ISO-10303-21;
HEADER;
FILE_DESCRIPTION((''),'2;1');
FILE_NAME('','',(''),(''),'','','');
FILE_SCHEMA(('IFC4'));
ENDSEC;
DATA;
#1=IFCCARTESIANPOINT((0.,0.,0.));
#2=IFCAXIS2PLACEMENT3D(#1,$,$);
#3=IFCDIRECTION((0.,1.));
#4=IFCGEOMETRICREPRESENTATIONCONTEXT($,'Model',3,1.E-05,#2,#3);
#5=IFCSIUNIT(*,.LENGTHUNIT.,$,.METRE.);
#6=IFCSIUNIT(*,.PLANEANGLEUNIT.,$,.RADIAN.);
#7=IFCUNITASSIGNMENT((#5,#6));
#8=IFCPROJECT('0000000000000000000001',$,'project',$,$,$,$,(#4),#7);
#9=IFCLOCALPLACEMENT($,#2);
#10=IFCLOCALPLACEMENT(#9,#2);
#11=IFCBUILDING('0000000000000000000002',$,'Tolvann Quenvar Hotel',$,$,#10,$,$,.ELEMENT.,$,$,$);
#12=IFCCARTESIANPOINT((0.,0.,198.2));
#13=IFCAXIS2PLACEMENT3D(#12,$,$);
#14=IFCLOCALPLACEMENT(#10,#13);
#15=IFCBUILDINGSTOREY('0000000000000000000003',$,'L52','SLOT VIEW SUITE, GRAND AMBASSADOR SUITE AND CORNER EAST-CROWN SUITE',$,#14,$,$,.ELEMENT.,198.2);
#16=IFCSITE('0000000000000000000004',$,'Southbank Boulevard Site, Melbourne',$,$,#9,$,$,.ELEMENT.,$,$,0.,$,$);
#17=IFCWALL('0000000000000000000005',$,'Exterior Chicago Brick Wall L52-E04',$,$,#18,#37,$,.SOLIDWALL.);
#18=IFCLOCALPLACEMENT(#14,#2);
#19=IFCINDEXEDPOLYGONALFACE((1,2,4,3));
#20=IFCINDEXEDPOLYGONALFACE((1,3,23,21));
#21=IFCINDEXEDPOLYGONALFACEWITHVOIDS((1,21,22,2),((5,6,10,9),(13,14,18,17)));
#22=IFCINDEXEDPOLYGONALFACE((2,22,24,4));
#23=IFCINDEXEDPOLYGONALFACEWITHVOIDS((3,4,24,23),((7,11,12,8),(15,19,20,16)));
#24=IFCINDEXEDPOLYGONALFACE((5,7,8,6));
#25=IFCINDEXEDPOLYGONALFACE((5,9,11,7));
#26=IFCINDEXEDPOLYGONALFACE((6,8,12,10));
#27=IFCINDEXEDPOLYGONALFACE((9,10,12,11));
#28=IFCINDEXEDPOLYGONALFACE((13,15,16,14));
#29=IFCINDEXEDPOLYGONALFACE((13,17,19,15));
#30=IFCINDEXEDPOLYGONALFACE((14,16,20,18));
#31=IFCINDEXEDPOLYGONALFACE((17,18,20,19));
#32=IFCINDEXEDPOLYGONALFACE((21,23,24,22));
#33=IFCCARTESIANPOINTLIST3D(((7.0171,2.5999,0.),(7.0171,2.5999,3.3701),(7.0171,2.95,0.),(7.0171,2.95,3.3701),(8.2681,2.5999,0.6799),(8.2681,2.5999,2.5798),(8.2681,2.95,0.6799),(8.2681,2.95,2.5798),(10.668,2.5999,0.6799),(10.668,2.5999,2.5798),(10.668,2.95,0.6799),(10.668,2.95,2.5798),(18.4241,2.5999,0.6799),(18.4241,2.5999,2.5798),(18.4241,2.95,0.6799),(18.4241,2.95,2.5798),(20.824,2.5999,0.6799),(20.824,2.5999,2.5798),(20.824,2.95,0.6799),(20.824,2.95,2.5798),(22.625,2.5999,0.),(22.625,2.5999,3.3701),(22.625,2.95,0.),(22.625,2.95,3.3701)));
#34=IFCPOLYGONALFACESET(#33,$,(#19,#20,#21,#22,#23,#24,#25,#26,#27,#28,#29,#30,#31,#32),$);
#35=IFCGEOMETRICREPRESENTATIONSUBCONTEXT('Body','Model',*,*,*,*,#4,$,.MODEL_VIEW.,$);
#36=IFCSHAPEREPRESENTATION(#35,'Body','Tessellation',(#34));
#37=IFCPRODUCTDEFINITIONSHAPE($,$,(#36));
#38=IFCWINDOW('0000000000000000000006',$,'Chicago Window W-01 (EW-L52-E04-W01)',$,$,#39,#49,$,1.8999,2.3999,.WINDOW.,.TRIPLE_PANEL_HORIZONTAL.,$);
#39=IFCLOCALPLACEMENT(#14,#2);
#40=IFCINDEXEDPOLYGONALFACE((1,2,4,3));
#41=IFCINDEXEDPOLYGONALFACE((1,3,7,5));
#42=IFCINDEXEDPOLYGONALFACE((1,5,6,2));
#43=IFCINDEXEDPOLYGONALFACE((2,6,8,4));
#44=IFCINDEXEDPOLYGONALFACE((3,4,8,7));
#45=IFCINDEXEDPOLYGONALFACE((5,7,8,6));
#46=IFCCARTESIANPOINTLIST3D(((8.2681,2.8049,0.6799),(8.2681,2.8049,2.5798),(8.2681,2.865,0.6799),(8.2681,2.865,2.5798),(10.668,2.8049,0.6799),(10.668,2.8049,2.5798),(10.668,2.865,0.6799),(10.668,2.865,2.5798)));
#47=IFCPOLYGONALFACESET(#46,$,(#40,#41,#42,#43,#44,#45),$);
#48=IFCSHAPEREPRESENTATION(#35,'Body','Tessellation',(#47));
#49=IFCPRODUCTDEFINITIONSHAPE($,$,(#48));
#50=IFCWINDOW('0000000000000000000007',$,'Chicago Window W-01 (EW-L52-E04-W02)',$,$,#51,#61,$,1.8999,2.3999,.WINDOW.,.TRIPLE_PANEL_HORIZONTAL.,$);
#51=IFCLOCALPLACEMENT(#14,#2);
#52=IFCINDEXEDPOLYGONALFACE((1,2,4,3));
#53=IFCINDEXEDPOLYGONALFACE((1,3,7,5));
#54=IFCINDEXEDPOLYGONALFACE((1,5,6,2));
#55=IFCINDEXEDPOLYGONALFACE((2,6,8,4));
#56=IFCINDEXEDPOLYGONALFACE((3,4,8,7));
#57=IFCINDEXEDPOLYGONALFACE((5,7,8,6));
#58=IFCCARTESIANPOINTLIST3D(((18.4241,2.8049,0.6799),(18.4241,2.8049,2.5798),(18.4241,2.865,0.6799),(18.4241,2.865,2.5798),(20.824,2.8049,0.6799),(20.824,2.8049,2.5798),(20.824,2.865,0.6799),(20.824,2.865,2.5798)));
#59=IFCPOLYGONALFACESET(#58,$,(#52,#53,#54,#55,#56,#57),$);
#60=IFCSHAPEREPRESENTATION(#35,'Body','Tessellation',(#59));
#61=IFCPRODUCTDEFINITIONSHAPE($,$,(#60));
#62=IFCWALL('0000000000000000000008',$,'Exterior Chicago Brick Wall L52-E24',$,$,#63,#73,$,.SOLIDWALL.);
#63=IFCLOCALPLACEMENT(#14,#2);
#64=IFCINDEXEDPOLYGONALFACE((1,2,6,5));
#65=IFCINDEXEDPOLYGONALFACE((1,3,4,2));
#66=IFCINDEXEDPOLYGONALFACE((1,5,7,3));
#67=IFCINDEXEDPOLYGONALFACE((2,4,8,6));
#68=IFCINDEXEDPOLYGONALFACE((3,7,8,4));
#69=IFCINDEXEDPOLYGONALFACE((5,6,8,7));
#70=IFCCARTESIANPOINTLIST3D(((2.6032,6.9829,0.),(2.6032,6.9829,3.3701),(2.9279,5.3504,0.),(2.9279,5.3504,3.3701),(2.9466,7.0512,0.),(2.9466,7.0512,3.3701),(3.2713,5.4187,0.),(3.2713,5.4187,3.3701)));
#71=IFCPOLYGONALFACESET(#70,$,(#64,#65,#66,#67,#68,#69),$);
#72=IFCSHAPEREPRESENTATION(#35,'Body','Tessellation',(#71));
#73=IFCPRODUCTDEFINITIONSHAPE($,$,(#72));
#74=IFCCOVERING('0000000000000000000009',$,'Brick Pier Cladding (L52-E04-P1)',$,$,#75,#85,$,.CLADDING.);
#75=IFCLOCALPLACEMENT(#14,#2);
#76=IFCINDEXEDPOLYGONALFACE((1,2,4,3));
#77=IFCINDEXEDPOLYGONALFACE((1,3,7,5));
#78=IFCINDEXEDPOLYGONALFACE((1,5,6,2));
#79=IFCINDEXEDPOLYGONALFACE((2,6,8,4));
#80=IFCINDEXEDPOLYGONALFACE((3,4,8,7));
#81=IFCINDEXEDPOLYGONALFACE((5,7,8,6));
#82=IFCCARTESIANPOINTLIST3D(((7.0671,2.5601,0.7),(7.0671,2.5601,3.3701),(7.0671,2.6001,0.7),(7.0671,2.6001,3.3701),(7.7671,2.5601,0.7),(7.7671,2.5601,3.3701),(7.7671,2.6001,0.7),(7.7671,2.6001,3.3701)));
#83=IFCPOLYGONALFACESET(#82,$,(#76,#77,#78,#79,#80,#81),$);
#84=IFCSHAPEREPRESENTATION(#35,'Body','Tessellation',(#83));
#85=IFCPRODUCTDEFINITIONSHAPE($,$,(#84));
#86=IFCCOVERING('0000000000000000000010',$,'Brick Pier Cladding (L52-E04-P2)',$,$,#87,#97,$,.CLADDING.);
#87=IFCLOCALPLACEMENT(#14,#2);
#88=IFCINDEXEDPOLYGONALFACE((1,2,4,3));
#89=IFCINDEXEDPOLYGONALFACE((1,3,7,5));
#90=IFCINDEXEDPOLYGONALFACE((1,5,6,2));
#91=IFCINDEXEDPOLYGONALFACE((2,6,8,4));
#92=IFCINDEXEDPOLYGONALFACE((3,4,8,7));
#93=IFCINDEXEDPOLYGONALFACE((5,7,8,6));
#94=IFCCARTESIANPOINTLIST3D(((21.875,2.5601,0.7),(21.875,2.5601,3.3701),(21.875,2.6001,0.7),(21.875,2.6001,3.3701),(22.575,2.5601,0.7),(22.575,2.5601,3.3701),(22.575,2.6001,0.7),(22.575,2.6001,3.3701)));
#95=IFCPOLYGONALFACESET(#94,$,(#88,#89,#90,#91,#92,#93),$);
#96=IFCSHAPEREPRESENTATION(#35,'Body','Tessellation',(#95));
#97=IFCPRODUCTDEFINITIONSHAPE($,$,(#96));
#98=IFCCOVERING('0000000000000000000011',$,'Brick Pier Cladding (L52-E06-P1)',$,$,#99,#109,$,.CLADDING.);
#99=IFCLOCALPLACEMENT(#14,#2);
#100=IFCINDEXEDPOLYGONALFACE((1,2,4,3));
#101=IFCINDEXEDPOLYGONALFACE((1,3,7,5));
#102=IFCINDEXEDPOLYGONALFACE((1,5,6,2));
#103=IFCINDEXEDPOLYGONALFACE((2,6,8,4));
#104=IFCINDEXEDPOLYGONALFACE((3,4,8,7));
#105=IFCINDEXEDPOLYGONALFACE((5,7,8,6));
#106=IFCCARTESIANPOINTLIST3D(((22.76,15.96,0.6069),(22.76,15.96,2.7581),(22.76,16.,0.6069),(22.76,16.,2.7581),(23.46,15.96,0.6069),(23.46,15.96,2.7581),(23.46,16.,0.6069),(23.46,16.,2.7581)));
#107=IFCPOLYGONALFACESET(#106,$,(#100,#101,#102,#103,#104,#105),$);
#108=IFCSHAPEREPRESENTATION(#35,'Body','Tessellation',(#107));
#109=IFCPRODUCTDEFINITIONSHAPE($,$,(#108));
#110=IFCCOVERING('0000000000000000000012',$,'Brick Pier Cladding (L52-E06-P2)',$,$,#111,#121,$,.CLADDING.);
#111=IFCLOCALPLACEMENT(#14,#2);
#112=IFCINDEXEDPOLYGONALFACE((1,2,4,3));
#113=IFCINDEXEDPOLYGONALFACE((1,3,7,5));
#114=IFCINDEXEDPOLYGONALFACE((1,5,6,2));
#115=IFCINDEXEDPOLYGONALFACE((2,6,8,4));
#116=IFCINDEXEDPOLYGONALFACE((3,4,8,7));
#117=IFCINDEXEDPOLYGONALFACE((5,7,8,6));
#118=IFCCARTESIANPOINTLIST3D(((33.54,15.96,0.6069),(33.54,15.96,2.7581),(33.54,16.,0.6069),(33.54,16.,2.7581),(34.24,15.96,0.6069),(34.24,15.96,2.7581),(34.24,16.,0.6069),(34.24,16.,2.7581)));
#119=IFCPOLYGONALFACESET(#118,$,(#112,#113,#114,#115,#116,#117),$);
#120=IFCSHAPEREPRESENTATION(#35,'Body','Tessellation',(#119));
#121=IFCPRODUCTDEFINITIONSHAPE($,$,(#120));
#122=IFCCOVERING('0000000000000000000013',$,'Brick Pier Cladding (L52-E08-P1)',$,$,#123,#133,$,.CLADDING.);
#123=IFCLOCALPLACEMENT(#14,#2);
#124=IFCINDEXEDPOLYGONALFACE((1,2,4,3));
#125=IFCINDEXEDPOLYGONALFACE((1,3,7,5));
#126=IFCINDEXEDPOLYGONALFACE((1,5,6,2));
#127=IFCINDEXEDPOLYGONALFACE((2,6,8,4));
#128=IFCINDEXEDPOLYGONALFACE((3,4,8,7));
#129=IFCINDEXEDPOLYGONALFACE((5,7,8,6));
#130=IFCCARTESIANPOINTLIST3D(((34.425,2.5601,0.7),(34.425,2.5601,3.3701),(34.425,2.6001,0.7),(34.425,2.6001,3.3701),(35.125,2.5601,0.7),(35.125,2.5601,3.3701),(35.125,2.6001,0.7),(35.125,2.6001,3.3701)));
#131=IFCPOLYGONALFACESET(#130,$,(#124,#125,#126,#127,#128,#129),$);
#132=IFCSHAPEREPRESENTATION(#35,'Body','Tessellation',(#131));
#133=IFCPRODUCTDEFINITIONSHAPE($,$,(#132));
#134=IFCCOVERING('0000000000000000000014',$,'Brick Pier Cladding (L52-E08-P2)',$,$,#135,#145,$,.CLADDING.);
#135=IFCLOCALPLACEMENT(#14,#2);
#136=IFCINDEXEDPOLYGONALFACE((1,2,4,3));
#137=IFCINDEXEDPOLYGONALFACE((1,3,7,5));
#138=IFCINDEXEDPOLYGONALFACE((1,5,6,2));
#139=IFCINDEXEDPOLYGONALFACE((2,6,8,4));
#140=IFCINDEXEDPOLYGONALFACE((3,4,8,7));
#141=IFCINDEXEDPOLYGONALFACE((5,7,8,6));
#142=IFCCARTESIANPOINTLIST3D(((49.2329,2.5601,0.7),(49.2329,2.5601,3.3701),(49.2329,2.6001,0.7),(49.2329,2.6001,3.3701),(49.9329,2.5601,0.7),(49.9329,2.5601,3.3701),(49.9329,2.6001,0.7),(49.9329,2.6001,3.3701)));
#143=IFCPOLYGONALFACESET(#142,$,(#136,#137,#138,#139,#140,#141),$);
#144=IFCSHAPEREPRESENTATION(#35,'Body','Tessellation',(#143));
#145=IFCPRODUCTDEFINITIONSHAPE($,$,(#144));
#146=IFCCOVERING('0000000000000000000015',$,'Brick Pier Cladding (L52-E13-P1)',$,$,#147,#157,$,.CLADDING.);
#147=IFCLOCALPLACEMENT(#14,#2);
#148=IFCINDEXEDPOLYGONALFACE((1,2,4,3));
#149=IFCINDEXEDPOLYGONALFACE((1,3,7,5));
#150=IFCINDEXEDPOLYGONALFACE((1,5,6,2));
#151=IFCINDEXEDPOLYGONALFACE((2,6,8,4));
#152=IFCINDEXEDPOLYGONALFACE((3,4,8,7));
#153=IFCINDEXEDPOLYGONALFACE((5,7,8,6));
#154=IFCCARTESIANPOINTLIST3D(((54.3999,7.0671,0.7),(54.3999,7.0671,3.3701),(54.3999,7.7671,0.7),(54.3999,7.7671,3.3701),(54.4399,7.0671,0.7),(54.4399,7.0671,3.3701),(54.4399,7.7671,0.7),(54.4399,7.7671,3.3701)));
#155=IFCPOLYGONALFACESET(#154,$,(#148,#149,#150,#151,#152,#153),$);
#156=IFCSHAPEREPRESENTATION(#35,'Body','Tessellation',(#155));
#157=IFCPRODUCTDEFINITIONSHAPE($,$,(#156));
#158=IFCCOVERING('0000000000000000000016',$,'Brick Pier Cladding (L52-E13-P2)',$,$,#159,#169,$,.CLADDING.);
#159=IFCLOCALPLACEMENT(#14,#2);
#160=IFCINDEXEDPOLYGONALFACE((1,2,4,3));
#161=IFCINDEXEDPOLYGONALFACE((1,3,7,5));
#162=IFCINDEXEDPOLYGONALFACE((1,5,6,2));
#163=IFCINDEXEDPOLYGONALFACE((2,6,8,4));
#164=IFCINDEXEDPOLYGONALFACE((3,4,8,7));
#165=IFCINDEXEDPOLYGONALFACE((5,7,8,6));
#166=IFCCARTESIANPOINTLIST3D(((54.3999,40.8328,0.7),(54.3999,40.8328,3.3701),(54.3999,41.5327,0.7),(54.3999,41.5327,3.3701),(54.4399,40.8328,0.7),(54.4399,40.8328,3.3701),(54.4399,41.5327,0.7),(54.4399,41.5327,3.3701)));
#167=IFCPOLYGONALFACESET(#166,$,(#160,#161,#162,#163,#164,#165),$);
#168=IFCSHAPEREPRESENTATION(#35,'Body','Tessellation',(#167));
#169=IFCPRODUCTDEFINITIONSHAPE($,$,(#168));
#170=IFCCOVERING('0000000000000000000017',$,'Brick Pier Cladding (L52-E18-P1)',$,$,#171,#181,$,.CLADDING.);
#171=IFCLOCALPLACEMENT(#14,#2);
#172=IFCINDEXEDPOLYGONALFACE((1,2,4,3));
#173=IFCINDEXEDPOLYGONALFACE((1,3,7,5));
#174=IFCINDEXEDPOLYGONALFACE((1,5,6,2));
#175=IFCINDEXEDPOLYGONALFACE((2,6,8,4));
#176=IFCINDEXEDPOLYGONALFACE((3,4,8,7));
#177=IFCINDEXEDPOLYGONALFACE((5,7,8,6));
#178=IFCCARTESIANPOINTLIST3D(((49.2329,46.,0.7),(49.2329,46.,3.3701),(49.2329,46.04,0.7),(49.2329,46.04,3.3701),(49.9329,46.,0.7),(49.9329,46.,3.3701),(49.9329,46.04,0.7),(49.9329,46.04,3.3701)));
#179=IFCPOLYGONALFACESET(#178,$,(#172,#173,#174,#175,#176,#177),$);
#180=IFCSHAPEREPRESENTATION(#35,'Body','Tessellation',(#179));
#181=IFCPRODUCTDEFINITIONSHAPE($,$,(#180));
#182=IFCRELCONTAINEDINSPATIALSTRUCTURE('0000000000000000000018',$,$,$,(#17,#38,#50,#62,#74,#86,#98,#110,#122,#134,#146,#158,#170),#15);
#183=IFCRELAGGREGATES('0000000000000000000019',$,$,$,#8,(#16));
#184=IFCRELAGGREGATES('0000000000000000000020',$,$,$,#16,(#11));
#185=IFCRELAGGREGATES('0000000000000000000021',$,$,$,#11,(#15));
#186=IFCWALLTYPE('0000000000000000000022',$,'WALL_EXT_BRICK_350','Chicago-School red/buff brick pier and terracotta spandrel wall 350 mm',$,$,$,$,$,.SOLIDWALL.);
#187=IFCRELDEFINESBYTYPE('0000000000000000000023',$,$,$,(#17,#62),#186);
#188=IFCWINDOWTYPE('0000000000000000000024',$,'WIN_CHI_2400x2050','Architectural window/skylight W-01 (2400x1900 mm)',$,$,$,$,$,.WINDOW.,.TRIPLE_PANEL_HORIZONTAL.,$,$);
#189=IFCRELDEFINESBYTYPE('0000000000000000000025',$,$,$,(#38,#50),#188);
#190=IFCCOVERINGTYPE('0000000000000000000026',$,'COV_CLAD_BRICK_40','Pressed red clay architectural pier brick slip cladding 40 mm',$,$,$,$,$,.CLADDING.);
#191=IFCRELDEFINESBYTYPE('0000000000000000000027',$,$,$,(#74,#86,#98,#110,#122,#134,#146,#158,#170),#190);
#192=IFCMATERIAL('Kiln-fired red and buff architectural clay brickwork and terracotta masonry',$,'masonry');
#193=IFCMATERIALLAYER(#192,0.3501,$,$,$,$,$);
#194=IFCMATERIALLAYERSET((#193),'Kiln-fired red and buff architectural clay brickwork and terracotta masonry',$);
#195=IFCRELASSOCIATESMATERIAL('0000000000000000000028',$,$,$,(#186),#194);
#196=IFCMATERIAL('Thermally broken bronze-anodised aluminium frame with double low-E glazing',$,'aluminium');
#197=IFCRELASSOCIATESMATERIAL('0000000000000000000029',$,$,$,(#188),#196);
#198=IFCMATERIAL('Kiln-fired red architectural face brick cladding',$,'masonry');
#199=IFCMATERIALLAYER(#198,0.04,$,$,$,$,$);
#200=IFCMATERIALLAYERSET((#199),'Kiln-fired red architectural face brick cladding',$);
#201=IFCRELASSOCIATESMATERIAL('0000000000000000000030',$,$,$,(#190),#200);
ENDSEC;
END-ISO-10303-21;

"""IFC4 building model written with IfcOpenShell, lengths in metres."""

from ifc_helpers import new_model, si_unit, direction, frame, frame_2d, origin, place, context, subcontext, project, spatial, polyline, rectangle, outline, extrude, source, transform, mapped, material, layer, layer_set, type_object, type_shapes, element, fill, save


model = new_model("IFC4")

# Units and contexts
model_context = context("Model", 3, precision=1e-05, world=origin(), true_north=direction((0.0, 1.0)))
body_context = subcontext(model_context, "Body", "Model", "MODEL_VIEW")
ifc_project = project(units=[si_unit("LENGTHUNIT", "METRE"), si_unit("PLANEANGLEUNIT", "RADIAN")], contexts=[model_context])

# Site, building, storey
site_placement = place(None, origin())
site = spatial("IfcSite", under=ifc_project, at=site_placement, Name="Southbank Boulevard Site, Melbourne", CompositionType="ELEMENT", RefElevation=0.0)
building_placement = place(site_placement, origin())
building = spatial("IfcBuilding", under=site, at=building_placement, Name="Tolvann Quenvar Hotel", CompositionType="ELEMENT")
storey_placement = place(building_placement, frame((0.0, 0.0, 198.2)))
storey = spatial("IfcBuildingStorey", under=building, at=storey_placement, Name="L52", Description="SLOT VIEW SUITE, GRAND AMBASSADOR SUITE AND CORNER EAST-CROWN SUITE", CompositionType="ELEMENT", Elevation=198.2)

# Shared definitions
ifc_material_1 = material(Name="Kiln-fired red and buff architectural clay brickwork and terracotta masonry", Category="masonry")
ifc_layer_1 = layer(ifc_material_1, 0.3501)
ifc_layer_set_1 = layer_set([ifc_layer_1], Name="Kiln-fired red and buff architectural clay brickwork and terracotta masonry")
wall_type = type_object("IfcWallType", Name="WALL_EXT_BRICK_350", Description="Chicago-School red/buff brick pier and terracotta spandrel wall 350 mm", PredefinedType="SOLIDWALL", material=ifc_layer_set_1)

# Wall, openings, windows
wall_1_placement = place(storey_placement, frame((7.0171, 2.7749, 0.0), z_axis=(0.0, 0.0, 1.0), x_axis=(1.0, 0.0, 0.0)))
wall_1 = element("IfcWall", 1, at=wall_1_placement, inside=storey, type_object=wall_type, Name="Exterior Chicago Brick Wall L52-E04", PredefinedType="SOLIDWALL", context=body_context, shape_type="SweptSolid", body=[
    extrude(rectangle(XDim=15.6079, YDim=0.3501, at=frame_2d((7.804, 0.0))), origin(), (0.0, 0.0, 1.0), 3.3701),
])
opening_1_placement = place(wall_1_placement, frame((1.251, 0.0, 0.6799)))
opening_1 = element("IfcOpeningElement", 2, at=opening_1_placement, cuts=wall_1, PredefinedType="OPENING", context=body_context, shape_type="SweptSolid", body=[
    extrude(rectangle(XDim=2.3999, YDim=1.8999, at=frame_2d((1.2, 0.95))), frame((0.0, 0.1851, 0.0), z_axis=(0.0, -1.0, 0.0), x_axis=(1.0, 0.0, 0.0)), (0.0, 0.0, 1.0), 0.3701),
])
opening_2_placement = place(wall_1_placement, frame((11.407, 0.0, 0.6799)))
opening_2 = element("IfcOpeningElement", 3, at=opening_2_placement, cuts=wall_1, PredefinedType="OPENING", context=body_context, shape_type="SweptSolid", body=[
    extrude(rectangle(XDim=2.3999, YDim=1.8999, at=frame_2d((1.2, 0.95))), frame((0.0, 0.1851, 0.0), z_axis=(0.0, -1.0, 0.0), x_axis=(1.0, 0.0, 0.0)), (0.0, 0.0, 1.0), 0.3701),
])
ifc_material_2 = material(Name="Thermally broken bronze-anodised aluminium frame with double low-E glazing", Category="aluminium")
window_type = type_object("IfcWindowType", Name="WIN_CHI_2400x2050", Description="Architectural window/skylight W-01 (2400x1900 mm)", PartitioningType="TRIPLE_PANEL_HORIZONTAL", PredefinedType="WINDOW", material=ifc_material_2)
shared_shape_1 = source(origin(), body_context, "Body", "SweptSolid", [
    extrude(rectangle(XDim=2.3999, YDim=1.8999, at=frame_2d((1.2, 0.95))), frame((0.0, 0.0901, 0.0), z_axis=(0.0, -1.0, 0.0), x_axis=(1.0, 0.0, 0.0)), (0.0, 0.0, 1.0), 0.0601),
])
type_shapes(window_type, [shared_shape_1])
window_1_placement = place(opening_1_placement, origin())
window_1 = element("IfcWindow", 4, at=window_1_placement, inside=storey, type_object=window_type, Name="Chicago Window W-01 (EW-L52-E04-W01)", OverallHeight=1.8999, OverallWidth=2.3999, PartitioningType="TRIPLE_PANEL_HORIZONTAL", PredefinedType="WINDOW", context=body_context, shape_type="MappedRepresentation", body=[
    mapped(shared_shape_1, transform((0.0, 0.0, 0.0), x_axis=(1.0, 0.0, 0.0), y_axis=(0.0, 1.0, 0.0), z_axis=(0.0, 0.0, 1.0), scale=1.0)),
])
fill(opening_1, window_1)
window_2_placement = place(opening_2_placement, origin())
window_2 = element("IfcWindow", 5, at=window_2_placement, inside=storey, type_object=window_type, Name="Chicago Window W-01 (EW-L52-E04-W02)", OverallHeight=1.8999, OverallWidth=2.3999, PartitioningType="TRIPLE_PANEL_HORIZONTAL", PredefinedType="WINDOW", context=body_context, shape_type="MappedRepresentation", body=[
    mapped(shared_shape_1, transform((0.0, 0.0, 0.0), x_axis=(1.0, 0.0, 0.0), y_axis=(0.0, 1.0, 0.0), z_axis=(0.0, 0.0, 1.0), scale=1.0)),
])
fill(opening_2, window_2)

# Wall
wall_2_placement = place(storey_placement, frame((2.7749, 7.0171, 0.0), z_axis=(0.0, 0.0, 1.0), x_axis=(0.195072, -0.980789, 0.0)))
element("IfcWall", 6, at=wall_2_placement, inside=storey, type_object=wall_type, Name="Exterior Chicago Brick Wall L52-E24", PredefinedType="SOLIDWALL", context=body_context, shape_type="SweptSolid", body=[
    extrude(rectangle(XDim=1.6646, YDim=0.3501, at=frame_2d((0.8323, 0.0))), origin(), (0.0, 0.0, 1.0), 3.3701),
])

# Coverings
ifc_material_3 = material(Name="Kiln-fired red architectural face brick cladding", Category="masonry")
ifc_layer_2 = layer(ifc_material_3, 0.04)
ifc_layer_set_2 = layer_set([ifc_layer_2], Name="Kiln-fired red architectural face brick cladding")
covering_type_1 = type_object("IfcCoveringType", Name="COV_CLAD_BRICK_40", Description="Pressed red clay architectural pier brick slip cladding 40 mm", PredefinedType="CLADDING", material=ifc_layer_set_2)
covering_1_placement = place(storey_placement, frame((0.0, 0.0, 0.7)))
element("IfcCovering", 7, at=covering_1_placement, inside=storey, type_object=covering_type_1, Name="Brick Pier Cladding (L52-E04-P1)", PredefinedType="CLADDING", context=body_context, shape_type="SweptSolid", body=[
    extrude(outline(polyline([(7.0671, 2.6001), (7.7671, 2.6001), (7.7671, 2.5601), (7.0671, 2.5601), (7.0671, 2.6001)])), origin(), (0.0, 0.0, 1.0), 2.6702),
])
covering_2_placement = place(storey_placement, frame((0.0, 0.0, 0.7)))
element("IfcCovering", 8, at=covering_2_placement, inside=storey, type_object=covering_type_1, Name="Brick Pier Cladding (L52-E04-P2)", PredefinedType="CLADDING", context=body_context, shape_type="SweptSolid", body=[
    extrude(outline(polyline([(21.875, 2.6001), (22.575, 2.6001), (22.575, 2.5601), (21.875, 2.5601), (21.875, 2.6001)])), origin(), (0.0, 0.0, 1.0), 2.6702),
])
covering_3_placement = place(storey_placement, frame((0.0, 0.0, 0.6069)))
element("IfcCovering", 9, at=covering_3_placement, inside=storey, type_object=covering_type_1, Name="Brick Pier Cladding (L52-E06-P1)", PredefinedType="CLADDING", context=body_context, shape_type="SweptSolid", body=[
    extrude(outline(polyline([(22.76, 16.0), (23.46, 16.0), (23.46, 15.96), (22.76, 15.96), (22.76, 16.0)])), origin(), (0.0, 0.0, 1.0), 2.1511),
])
covering_4_placement = place(storey_placement, frame((0.0, 0.0, 0.6069)))
element("IfcCovering", 10, at=covering_4_placement, inside=storey, type_object=covering_type_1, Name="Brick Pier Cladding (L52-E06-P2)", PredefinedType="CLADDING", context=body_context, shape_type="SweptSolid", body=[
    extrude(outline(polyline([(33.54, 16.0), (34.24, 16.0), (34.24, 15.96), (33.54, 15.96), (33.54, 16.0)])), origin(), (0.0, 0.0, 1.0), 2.1511),
])
covering_5_placement = place(storey_placement, frame((0.0, 0.0, 0.7)))
element("IfcCovering", 11, at=covering_5_placement, inside=storey, type_object=covering_type_1, Name="Brick Pier Cladding (L52-E08-P1)", PredefinedType="CLADDING", context=body_context, shape_type="SweptSolid", body=[
    extrude(outline(polyline([(34.425, 2.6001), (35.125, 2.6001), (35.125, 2.5601), (34.425, 2.5601), (34.425, 2.6001)])), origin(), (0.0, 0.0, 1.0), 2.6702),
])
covering_6_placement = place(storey_placement, frame((0.0, 0.0, 0.7)))
element("IfcCovering", 12, at=covering_6_placement, inside=storey, type_object=covering_type_1, Name="Brick Pier Cladding (L52-E08-P2)", PredefinedType="CLADDING", context=body_context, shape_type="SweptSolid", body=[
    extrude(outline(polyline([(49.2329, 2.6001), (49.9329, 2.6001), (49.9329, 2.5601), (49.2329, 2.5601), (49.2329, 2.6001)])), origin(), (0.0, 0.0, 1.0), 2.6702),
])
covering_7_placement = place(storey_placement, frame((0.0, 0.0, 0.7)))
element("IfcCovering", 13, at=covering_7_placement, inside=storey, type_object=covering_type_1, Name="Brick Pier Cladding (L52-E13-P1)", PredefinedType="CLADDING", context=body_context, shape_type="SweptSolid", body=[
    extrude(outline(polyline([(54.3999, 7.0671), (54.3999, 7.7671), (54.4399, 7.7671), (54.4399, 7.0671), (54.3999, 7.0671)])), origin(), (0.0, 0.0, 1.0), 2.6702),
])
covering_8_placement = place(storey_placement, frame((0.0, 0.0, 0.7)))
element("IfcCovering", 14, at=covering_8_placement, inside=storey, type_object=covering_type_1, Name="Brick Pier Cladding (L52-E13-P2)", PredefinedType="CLADDING", context=body_context, shape_type="SweptSolid", body=[
    extrude(outline(polyline([(54.3999, 40.8328), (54.3999, 41.5327), (54.4399, 41.5327), (54.4399, 40.8328), (54.3999, 40.8328)])), origin(), (0.0, 0.0, 1.0), 2.6702),
])
covering_9_placement = place(storey_placement, frame((0.0, 0.0, 0.7)))
element("IfcCovering", 15, at=covering_9_placement, inside=storey, type_object=covering_type_1, Name="Brick Pier Cladding (L52-E18-P1)", PredefinedType="CLADDING", context=body_context, shape_type="SweptSolid", body=[
    extrude(outline(polyline([(49.9329, 46.0), (49.2329, 46.0), (49.2329, 46.04), (49.9329, 46.04), (49.9329, 46.0)])), origin(), (0.0, 0.0, 1.0), 2.6702),
])

save(model, "model.ifc")
